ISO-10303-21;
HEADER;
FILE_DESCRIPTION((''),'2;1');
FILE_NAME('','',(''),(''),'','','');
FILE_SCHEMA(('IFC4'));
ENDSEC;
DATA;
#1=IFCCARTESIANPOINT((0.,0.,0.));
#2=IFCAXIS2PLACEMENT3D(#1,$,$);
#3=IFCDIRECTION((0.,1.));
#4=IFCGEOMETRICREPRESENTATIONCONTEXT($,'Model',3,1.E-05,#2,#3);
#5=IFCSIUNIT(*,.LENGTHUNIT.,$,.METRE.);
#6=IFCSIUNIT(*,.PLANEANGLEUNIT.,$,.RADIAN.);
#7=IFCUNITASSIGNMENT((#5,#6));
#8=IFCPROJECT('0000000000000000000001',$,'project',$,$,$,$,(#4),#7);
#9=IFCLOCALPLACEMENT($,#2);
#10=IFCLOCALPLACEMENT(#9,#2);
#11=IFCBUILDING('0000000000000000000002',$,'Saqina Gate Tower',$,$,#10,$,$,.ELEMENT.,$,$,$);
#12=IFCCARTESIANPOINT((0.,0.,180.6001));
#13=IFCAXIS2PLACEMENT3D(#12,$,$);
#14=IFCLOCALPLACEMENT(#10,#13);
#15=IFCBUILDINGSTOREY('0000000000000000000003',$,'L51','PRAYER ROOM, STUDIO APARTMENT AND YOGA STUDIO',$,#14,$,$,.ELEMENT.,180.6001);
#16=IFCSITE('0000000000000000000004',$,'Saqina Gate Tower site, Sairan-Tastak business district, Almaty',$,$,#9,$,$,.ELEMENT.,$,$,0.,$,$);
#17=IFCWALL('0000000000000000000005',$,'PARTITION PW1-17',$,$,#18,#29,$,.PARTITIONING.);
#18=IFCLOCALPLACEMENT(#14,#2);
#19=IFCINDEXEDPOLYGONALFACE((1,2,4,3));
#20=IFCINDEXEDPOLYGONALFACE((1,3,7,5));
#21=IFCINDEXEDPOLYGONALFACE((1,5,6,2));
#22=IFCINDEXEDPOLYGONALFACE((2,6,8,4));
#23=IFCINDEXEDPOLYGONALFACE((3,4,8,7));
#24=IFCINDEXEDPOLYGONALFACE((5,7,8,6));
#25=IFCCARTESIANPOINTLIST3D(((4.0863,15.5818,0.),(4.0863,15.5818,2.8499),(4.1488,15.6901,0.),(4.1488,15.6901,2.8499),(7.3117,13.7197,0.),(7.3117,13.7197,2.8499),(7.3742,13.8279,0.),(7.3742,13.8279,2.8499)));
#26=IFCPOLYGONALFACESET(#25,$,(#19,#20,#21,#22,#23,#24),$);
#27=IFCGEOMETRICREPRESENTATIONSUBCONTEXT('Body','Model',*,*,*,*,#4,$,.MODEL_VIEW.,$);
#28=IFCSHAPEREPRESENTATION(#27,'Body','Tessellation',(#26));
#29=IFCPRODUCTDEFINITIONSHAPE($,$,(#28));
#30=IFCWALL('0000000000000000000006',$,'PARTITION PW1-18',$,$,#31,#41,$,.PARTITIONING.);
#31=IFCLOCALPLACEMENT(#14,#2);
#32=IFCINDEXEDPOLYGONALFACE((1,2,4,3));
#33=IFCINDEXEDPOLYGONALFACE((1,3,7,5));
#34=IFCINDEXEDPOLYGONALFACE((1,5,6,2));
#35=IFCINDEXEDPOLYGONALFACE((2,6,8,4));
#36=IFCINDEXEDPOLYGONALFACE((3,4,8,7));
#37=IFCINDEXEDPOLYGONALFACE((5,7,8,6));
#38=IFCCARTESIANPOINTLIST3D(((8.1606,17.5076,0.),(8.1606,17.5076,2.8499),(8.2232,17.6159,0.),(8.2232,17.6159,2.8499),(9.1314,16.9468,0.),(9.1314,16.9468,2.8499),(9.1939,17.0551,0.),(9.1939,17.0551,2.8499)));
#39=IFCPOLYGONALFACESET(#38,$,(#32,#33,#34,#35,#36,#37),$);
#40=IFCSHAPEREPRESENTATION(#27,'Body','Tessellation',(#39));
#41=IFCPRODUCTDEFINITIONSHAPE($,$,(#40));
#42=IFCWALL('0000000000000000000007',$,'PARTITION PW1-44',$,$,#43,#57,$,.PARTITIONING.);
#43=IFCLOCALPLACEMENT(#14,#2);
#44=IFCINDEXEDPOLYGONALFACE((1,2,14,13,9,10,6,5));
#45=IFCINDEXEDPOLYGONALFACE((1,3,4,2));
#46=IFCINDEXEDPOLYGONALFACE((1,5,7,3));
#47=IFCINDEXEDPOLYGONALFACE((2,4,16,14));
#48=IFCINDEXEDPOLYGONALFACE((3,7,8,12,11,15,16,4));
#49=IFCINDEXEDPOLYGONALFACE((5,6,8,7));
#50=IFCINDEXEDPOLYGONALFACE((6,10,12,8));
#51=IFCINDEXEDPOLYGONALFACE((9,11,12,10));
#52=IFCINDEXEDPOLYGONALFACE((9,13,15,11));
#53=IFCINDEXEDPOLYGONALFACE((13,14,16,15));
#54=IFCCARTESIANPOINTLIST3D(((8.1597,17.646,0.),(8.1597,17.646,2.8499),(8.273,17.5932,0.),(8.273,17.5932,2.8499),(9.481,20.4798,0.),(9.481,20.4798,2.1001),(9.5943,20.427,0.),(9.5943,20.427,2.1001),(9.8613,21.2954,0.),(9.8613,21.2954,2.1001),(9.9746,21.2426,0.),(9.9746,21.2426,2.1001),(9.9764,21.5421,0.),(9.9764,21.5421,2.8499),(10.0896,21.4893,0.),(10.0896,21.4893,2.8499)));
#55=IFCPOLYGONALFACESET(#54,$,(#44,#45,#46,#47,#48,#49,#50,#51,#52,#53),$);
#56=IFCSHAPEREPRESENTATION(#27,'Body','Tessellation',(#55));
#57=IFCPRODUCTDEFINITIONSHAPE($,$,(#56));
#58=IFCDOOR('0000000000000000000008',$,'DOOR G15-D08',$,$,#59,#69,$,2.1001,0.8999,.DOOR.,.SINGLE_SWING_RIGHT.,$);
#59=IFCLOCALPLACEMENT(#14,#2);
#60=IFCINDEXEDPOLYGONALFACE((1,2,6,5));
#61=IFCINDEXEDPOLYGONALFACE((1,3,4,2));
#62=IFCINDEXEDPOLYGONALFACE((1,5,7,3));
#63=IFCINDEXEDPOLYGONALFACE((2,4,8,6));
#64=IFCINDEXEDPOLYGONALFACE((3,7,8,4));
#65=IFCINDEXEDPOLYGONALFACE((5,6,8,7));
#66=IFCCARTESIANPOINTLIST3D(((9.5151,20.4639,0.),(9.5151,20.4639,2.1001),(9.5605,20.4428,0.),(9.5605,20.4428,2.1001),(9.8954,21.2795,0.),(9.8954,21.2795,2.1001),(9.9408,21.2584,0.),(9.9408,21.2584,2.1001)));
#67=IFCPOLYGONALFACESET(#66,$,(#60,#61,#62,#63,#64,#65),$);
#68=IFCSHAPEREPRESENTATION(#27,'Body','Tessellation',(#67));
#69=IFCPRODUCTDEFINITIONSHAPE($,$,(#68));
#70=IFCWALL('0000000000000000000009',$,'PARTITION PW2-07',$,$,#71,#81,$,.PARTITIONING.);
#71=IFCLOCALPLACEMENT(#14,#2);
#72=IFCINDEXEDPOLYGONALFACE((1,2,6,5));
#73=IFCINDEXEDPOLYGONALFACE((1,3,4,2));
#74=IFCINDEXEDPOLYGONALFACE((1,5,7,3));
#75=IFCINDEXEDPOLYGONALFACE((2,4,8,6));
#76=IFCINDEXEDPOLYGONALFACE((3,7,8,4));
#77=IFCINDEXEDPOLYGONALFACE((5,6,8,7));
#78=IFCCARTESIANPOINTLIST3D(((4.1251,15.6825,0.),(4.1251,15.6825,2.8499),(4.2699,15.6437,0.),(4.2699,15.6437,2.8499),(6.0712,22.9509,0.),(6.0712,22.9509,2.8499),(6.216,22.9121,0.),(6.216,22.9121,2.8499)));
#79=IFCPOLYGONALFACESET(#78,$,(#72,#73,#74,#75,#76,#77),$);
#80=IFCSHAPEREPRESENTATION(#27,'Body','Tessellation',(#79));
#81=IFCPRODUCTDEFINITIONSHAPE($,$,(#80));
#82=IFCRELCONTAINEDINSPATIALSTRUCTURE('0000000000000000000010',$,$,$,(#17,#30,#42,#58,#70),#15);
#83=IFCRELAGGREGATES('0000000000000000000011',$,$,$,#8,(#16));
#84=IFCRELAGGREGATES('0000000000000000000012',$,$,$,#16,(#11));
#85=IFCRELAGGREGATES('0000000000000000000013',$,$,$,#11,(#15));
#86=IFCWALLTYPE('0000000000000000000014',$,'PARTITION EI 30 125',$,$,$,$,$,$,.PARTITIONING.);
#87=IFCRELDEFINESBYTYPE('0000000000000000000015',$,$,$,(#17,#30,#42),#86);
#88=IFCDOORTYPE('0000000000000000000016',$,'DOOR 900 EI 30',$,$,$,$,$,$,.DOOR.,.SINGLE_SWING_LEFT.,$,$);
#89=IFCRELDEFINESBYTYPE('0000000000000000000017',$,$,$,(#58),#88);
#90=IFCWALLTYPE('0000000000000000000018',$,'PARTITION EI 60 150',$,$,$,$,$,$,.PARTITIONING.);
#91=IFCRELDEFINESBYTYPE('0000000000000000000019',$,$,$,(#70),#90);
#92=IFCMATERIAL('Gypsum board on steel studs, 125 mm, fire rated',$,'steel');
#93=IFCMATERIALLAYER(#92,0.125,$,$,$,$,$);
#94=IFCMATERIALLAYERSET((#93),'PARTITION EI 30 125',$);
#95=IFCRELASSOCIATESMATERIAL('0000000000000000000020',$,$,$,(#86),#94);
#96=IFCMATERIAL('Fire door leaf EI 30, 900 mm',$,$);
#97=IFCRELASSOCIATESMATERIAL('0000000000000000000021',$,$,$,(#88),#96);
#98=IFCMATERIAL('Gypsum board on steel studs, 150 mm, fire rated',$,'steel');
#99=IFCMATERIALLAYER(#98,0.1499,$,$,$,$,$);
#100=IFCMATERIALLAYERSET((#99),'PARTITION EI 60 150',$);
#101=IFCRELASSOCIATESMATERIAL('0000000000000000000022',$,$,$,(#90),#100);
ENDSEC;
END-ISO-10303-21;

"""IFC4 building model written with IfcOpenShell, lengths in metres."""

from ifc_helpers import new_model, si_unit, direction, frame, frame_2d, origin, place, context, subcontext, project, spatial, rectangle, extrude, material, layer, layer_set, type_object, element, fill, save


model = new_model("IFC4")

# Units and contexts
model_context = context("Model", 3, precision=1e-05, world=origin(), true_north=direction((0.0, 1.0)))
body_context = subcontext(model_context, "Body", "Model", "MODEL_VIEW")
ifc_project = project(units=[si_unit("LENGTHUNIT", "METRE"), si_unit("PLANEANGLEUNIT", "RADIAN")], contexts=[model_context])

# Site, building, storey
site_placement = place(None, origin())
site = spatial("IfcSite", under=ifc_project, at=site_placement, Name="Saqina Gate Tower site, Sairan-Tastak business district, Almaty", CompositionType="ELEMENT", RefElevation=0.0)
building_placement = place(site_placement, origin())
building = spatial("IfcBuilding", under=site, at=building_placement, Name="Saqina Gate Tower", CompositionType="ELEMENT")
storey_placement = place(building_placement, frame((0.0, 0.0, 180.6001)))
storey = spatial("IfcBuildingStorey", under=building, at=storey_placement, Name="L51", Description="PRAYER ROOM, STUDIO APARTMENT AND YOGA STUDIO", CompositionType="ELEMENT", Elevation=180.6001)

# Shared definitions
ifc_material_1 = material(Name="Gypsum board on steel studs, 125 mm, fire rated", Category="steel")
ifc_layer_1 = layer(ifc_material_1, 0.125)
ifc_layer_set_1 = layer_set([ifc_layer_1], Name="PARTITION EI 30 125")
wall_type_1 = type_object("IfcWallType", Name="PARTITION EI 30 125", PredefinedType="PARTITIONING", material=ifc_layer_set_1)

# Walls
wall_1_placement = place(storey_placement, frame((4.1174, 15.636, 0.0), z_axis=(0.0, 0.0, 1.0), x_axis=(0.866036, -0.499982, 0.0)))
element("IfcWall", 1, at=wall_1_placement, inside=storey, type_object=wall_type_1, Name="PARTITION PW1-17", PredefinedType="PARTITIONING", context=body_context, shape_type="SweptSolid", body=[
    extrude(rectangle(XDim=3.7244, YDim=0.125, at=frame_2d((1.8623, 0.0))), origin(), (0.0, 0.0, 1.0), 2.8499),
])
wall_2_placement = place(storey_placement, frame((8.1919, 17.5618, 0.0), z_axis=(0.0, 0.0, 1.0), x_axis=(0.865888, -0.500238, 0.0)))
element("IfcWall", 2, at=wall_2_placement, inside=storey, type_object=wall_type_1, Name="PARTITION PW1-18", PredefinedType="PARTITIONING", context=body_context, shape_type="SweptSolid", body=[
    extrude(rectangle(XDim=1.1211, YDim=0.125, at=frame_2d((0.5605, 0.0))), origin(), (0.0, 0.0, 1.0), 2.8499),
])

# Wall, opening, door
wall_3_placement = place(storey_placement, frame((8.2163, 17.6196, 0.0), z_axis=(0.0, 0.0, 1.0), x_axis=(0.422603, 0.906315, 0.0)))
wall_3 = element("IfcWall", 3, at=wall_3_placement, inside=storey, type_object=wall_type_1, Name="PARTITION PW1-44", PredefinedType="PARTITIONING", context=body_context, shape_type="SweptSolid", body=[
    extrude(rectangle(XDim=4.2988, YDim=0.125, at=frame_2d((2.1494, 0.0))), origin(), (0.0, 0.0, 1.0), 2.8499),
])
opening_1_placement = place(wall_3_placement, frame((3.1267, 0.0, 0.0)))
opening_1 = element("IfcOpeningElement", 4, at=opening_1_placement, cuts=wall_3, PredefinedType="OPENING", context=body_context, shape_type="SweptSolid", body=[
    extrude(rectangle(XDim=0.8999, YDim=2.1001, at=frame_2d((0.45, 1.05))), frame((0.0, 0.0745, 0.0), z_axis=(0.0, -1.0, 0.0), x_axis=(1.0, 0.0, 0.0)), (0.0, 0.0, 1.0), 0.1489),
])
ifc_material_2 = material(Name="Fire door leaf EI 30, 900 mm")
door_type_1 = type_object("IfcDoorType", Name="DOOR 900 EI 30", OperationType="SINGLE_SWING_LEFT", PredefinedType="DOOR", material=ifc_material_2)
door_1_placement = place(opening_1_placement, origin())
door_1 = element("IfcDoor", 5, at=door_1_placement, inside=storey, type_object=door_type_1, Name="DOOR G15-D08", OperationType="SINGLE_SWING_RIGHT", OverallHeight=2.1001, OverallWidth=0.8999, PredefinedType="DOOR", context=body_context, shape_type="SweptSolid", body=[
    extrude(rectangle(XDim=0.8999, YDim=2.1001, at=frame_2d((0.45, 1.05))), frame((0.0, 0.0249, 0.0), z_axis=(0.0, -1.0, 0.0), x_axis=(1.0, 0.0, 0.0)), (0.0, 0.0, 1.0), 0.05),
])
fill(opening_1, door_1)

# Wall
ifc_material_3 = material(Name="Gypsum board on steel studs, 150 mm, fire rated", Category="steel")
ifc_layer_2 = layer(ifc_material_3, 0.1499)
ifc_layer_set_2 = layer_set([ifc_layer_2], Name="PARTITION EI 60 150")
wall_type_2 = type_object("IfcWallType", Name="PARTITION EI 60 150", PredefinedType="PARTITIONING", material=ifc_layer_set_2)
wall_4_placement = place(storey_placement, frame((4.1975, 15.6631, 0.0), z_axis=(0.0, 0.0, 1.0), x_axis=(0.258634, 0.965975, 0.0)))
element("IfcWall", 6, at=wall_4_placement, inside=storey, type_object=wall_type_2, Name="PARTITION PW2-07", PredefinedType="PARTITIONING", context=body_context, shape_type="SweptSolid", body=[
    extrude(rectangle(XDim=7.5244, YDim=0.1499, at=frame_2d((3.7622, 0.0))), origin(), (0.0, 0.0, 1.0), 2.8499),
])

save(model, "model.ifc")
